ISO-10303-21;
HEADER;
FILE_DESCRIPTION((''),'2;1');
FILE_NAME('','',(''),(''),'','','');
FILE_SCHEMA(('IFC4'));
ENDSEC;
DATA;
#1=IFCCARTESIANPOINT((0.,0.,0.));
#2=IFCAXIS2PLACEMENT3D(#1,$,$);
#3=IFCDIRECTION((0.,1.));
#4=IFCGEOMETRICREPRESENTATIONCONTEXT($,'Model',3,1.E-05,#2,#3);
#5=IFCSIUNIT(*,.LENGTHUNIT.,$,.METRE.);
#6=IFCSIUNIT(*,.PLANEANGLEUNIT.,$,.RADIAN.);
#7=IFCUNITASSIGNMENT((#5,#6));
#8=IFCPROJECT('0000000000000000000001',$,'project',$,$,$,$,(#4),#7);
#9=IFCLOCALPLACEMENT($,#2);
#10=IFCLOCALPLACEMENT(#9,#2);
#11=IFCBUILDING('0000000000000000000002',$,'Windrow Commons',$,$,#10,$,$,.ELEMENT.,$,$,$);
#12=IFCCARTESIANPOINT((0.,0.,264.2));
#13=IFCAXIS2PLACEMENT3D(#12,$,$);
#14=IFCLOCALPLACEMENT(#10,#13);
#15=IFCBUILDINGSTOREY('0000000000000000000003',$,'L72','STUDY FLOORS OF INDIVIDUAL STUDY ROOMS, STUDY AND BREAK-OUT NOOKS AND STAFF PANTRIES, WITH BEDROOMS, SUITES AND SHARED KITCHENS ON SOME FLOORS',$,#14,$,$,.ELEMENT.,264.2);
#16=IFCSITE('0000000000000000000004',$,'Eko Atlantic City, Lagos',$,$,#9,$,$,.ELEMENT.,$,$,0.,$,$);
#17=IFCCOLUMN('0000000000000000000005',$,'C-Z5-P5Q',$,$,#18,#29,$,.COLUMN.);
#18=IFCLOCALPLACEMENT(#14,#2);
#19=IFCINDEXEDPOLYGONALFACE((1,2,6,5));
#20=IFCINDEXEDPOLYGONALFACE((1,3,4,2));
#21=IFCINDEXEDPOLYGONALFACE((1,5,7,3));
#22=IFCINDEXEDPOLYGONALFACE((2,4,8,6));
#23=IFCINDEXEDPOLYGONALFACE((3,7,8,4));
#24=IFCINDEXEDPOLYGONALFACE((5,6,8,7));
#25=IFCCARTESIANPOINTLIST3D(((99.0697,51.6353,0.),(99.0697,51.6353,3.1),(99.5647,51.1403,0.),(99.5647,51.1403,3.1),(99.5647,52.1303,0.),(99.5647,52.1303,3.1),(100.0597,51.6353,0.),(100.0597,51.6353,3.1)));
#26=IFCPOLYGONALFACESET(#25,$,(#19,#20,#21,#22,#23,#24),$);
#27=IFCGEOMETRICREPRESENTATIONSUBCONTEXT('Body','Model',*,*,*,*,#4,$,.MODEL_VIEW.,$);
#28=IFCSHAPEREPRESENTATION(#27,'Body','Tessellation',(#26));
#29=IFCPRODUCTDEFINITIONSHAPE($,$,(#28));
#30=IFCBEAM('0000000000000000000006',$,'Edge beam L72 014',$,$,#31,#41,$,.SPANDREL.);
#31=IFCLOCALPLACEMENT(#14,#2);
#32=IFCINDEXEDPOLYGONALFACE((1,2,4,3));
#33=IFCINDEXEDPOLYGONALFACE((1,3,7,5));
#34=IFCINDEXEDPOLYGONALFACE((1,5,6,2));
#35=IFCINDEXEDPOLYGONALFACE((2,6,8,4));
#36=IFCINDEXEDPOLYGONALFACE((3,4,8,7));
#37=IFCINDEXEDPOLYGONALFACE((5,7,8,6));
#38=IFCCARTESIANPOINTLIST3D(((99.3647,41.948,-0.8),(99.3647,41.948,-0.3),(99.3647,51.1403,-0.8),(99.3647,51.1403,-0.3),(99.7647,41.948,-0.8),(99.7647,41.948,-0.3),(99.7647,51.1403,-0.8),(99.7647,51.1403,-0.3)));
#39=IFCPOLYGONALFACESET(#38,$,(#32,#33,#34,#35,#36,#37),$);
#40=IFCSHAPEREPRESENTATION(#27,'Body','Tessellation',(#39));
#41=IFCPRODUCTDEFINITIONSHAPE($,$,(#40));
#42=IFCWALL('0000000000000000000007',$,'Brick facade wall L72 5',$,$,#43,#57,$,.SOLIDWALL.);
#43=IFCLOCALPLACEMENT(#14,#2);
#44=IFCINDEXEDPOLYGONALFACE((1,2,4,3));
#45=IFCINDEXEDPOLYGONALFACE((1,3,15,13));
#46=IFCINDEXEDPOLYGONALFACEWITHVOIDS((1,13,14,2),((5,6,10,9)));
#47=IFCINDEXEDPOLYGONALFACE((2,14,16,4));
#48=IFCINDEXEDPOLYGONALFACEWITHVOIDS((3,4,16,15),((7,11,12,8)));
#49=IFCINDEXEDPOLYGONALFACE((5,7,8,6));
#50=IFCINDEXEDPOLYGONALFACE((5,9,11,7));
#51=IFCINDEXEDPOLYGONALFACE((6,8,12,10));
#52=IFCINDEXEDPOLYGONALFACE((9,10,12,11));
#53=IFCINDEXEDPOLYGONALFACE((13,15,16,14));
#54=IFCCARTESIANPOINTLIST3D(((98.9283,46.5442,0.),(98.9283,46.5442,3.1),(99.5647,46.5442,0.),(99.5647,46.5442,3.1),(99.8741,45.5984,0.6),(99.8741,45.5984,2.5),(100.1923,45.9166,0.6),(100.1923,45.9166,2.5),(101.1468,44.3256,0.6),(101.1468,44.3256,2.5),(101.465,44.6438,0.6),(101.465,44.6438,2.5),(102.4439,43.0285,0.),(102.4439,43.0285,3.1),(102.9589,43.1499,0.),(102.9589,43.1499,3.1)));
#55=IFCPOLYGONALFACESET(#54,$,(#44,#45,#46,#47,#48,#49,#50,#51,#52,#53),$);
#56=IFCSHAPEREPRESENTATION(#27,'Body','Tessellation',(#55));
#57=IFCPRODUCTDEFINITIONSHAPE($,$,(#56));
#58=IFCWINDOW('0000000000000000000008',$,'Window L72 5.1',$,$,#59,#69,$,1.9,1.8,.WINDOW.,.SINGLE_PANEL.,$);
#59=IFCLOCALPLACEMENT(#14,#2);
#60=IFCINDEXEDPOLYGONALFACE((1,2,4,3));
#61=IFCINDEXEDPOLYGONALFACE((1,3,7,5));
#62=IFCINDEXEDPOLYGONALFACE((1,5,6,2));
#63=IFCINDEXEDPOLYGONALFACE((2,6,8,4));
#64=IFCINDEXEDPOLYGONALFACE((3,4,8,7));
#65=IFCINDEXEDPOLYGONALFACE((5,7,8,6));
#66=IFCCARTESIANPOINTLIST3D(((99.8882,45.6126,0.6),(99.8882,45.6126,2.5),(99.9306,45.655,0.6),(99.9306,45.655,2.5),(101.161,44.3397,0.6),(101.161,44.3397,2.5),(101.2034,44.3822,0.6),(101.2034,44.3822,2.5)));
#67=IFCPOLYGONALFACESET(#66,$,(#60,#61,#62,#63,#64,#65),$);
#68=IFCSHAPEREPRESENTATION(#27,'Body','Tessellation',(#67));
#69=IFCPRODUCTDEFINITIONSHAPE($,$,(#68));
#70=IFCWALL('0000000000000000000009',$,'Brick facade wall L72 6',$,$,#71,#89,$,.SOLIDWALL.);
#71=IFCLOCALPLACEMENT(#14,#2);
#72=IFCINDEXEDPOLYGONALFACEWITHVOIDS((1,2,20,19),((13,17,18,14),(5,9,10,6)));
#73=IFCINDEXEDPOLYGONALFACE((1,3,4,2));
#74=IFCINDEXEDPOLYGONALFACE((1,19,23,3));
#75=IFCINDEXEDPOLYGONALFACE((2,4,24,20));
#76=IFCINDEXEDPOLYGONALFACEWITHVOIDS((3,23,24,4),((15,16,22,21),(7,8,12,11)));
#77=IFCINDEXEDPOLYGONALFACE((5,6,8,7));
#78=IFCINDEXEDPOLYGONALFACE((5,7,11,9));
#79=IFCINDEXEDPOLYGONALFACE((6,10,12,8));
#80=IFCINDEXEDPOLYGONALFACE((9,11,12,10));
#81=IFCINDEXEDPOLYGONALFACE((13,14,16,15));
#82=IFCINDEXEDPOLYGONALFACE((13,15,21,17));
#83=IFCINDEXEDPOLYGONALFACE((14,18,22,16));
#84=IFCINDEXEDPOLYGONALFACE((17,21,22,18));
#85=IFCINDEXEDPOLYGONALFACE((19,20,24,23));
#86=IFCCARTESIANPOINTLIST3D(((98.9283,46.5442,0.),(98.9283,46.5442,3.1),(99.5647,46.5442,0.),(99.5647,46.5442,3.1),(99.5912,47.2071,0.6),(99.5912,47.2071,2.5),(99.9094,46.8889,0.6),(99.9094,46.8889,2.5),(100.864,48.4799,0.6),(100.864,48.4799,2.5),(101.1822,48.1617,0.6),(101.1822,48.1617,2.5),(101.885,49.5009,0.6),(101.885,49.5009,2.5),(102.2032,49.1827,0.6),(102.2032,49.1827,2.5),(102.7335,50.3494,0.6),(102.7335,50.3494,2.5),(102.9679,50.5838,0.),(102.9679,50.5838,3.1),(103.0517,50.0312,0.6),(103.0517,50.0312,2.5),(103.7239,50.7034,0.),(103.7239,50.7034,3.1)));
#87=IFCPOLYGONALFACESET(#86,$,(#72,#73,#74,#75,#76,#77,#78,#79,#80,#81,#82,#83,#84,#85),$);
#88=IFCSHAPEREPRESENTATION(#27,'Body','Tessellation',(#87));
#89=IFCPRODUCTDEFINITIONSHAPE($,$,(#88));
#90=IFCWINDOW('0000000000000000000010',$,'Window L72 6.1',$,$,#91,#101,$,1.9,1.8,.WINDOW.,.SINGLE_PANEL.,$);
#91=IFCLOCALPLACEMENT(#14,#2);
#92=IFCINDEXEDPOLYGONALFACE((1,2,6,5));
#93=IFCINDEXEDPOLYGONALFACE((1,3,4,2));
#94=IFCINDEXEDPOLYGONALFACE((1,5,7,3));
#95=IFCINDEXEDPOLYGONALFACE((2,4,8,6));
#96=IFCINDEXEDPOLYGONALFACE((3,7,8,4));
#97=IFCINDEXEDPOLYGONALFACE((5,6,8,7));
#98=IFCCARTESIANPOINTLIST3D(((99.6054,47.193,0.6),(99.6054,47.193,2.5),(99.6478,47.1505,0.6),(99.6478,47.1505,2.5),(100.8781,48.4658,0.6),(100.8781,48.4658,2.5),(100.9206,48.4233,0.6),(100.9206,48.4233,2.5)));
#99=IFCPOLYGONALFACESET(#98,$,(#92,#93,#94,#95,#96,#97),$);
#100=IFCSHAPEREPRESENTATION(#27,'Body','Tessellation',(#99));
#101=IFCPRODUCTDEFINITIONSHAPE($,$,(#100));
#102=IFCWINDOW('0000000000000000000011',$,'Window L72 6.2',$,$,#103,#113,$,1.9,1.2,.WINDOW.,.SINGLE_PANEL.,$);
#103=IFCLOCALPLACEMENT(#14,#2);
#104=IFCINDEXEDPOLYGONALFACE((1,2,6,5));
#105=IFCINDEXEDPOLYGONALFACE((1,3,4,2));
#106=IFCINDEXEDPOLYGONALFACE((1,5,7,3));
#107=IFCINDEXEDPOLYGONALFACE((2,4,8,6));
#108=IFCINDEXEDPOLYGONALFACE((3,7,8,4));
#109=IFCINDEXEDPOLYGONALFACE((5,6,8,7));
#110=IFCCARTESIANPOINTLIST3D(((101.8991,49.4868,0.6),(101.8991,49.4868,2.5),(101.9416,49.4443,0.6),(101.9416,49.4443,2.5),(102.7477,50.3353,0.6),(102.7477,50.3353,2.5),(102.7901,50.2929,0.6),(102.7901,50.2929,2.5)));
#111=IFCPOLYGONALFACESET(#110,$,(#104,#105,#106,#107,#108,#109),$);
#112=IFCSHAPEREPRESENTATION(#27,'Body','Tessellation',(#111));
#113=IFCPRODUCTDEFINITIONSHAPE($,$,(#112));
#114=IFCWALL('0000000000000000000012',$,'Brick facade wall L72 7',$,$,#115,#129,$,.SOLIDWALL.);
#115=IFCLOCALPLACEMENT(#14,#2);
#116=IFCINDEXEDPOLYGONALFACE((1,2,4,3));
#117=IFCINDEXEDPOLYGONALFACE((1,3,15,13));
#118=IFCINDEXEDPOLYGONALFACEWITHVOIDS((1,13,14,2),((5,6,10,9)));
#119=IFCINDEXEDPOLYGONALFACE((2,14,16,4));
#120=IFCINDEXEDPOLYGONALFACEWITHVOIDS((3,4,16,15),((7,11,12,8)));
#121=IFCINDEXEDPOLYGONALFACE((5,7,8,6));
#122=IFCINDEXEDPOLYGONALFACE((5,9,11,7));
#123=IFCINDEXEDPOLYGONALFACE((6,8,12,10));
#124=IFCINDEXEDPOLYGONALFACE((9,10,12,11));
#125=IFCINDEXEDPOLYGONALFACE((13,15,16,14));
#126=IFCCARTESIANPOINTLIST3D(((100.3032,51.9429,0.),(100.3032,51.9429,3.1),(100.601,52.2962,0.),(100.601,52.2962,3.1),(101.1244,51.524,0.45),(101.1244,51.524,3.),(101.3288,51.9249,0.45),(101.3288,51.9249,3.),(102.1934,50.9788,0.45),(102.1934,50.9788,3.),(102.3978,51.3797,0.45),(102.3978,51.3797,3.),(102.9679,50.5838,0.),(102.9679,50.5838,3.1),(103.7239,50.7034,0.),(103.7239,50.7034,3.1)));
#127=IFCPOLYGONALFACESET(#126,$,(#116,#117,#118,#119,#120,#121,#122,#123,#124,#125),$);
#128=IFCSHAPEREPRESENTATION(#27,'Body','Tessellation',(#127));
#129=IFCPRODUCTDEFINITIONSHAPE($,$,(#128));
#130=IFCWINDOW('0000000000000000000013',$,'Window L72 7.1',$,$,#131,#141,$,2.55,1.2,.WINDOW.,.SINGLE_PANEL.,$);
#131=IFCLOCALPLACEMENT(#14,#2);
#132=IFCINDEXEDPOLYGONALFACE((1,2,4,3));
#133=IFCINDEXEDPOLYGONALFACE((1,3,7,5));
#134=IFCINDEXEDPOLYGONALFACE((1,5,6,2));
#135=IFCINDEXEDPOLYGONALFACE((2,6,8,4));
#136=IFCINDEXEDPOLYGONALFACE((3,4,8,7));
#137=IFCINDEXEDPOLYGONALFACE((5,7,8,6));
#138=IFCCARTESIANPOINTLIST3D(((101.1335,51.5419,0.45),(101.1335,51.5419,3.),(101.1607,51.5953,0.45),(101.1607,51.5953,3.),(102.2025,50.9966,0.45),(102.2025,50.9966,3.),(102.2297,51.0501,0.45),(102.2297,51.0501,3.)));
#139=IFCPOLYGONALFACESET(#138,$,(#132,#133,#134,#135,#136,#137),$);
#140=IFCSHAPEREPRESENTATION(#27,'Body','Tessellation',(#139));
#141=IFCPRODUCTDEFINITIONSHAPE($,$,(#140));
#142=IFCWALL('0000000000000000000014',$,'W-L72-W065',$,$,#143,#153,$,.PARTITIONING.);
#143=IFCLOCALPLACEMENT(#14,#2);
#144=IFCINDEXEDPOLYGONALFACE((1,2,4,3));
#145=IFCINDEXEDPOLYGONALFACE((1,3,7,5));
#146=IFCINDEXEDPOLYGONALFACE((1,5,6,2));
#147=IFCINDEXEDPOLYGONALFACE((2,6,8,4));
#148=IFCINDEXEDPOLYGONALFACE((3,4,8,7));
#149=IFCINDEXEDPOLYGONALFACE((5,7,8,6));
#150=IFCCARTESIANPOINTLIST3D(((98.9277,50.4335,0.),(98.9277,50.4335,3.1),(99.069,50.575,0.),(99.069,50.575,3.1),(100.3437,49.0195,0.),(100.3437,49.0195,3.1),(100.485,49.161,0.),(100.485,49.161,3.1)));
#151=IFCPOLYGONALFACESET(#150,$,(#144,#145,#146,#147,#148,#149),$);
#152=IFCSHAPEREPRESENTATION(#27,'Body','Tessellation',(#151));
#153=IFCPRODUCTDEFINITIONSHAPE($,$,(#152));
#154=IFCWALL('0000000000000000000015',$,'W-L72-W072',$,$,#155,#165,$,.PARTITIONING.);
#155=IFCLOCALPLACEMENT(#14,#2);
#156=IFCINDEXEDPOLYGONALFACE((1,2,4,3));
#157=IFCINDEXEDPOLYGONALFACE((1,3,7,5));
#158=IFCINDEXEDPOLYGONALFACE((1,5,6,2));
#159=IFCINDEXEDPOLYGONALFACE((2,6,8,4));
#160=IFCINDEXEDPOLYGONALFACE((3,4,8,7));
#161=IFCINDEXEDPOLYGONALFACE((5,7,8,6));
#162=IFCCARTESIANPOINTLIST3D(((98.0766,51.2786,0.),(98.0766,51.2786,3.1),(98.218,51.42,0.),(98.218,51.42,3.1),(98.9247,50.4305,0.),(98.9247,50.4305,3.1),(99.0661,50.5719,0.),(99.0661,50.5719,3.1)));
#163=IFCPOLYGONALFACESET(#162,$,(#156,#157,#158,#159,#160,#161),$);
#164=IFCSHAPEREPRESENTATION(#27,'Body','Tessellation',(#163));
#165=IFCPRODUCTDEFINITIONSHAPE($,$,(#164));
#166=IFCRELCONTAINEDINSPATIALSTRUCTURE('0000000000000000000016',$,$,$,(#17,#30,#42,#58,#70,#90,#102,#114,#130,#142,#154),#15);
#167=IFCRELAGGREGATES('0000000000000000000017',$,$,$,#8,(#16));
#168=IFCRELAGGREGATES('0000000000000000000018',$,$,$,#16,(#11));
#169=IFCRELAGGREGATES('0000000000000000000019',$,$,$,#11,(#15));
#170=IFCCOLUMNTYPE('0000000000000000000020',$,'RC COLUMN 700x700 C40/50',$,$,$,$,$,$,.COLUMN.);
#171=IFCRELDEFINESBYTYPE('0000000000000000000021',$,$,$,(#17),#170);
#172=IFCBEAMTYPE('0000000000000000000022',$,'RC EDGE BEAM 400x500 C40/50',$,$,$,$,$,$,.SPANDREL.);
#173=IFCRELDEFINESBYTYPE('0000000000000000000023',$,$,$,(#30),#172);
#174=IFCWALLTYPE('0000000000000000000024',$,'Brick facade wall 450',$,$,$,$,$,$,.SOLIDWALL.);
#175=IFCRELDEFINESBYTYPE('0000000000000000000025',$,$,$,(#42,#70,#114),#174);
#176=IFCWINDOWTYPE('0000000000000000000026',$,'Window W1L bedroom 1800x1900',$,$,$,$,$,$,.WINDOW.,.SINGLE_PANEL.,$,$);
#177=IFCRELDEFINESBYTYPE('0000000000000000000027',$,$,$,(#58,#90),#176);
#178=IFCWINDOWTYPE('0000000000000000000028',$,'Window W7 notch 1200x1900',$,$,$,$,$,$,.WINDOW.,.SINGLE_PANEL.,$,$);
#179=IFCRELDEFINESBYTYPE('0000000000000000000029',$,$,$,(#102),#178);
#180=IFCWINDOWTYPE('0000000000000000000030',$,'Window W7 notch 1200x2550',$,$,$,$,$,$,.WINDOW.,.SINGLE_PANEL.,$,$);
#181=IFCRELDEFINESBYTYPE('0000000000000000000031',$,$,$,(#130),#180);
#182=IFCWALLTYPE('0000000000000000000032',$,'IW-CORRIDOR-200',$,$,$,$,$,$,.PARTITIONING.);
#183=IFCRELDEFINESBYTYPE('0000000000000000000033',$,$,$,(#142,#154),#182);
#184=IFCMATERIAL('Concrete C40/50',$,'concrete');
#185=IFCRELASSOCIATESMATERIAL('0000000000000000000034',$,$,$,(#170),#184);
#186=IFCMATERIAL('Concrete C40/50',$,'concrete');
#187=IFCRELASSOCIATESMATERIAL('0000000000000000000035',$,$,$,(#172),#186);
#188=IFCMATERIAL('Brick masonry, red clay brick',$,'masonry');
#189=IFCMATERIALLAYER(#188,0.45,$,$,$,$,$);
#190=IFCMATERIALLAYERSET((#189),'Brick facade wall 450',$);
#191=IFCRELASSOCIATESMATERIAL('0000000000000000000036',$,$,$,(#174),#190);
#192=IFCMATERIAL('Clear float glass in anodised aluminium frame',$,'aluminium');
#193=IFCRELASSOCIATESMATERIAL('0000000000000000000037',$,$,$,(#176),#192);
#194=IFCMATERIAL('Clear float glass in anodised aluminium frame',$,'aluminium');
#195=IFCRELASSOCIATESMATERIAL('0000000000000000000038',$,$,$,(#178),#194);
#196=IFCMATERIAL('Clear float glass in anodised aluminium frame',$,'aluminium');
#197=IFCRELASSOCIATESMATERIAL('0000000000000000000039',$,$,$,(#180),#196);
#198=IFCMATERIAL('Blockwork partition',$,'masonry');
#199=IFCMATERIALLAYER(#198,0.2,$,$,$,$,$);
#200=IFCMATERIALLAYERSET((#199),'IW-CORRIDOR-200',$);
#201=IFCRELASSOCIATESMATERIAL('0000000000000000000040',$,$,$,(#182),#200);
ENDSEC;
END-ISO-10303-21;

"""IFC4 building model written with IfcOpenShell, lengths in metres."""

from ifc_helpers import new_model, si_unit, direction, frame, frame_2d, origin, origin_2d, place, context, subcontext, project, spatial, polyline, rectangle, outline, extrude, material, layer, layer_set, material_profile, profile_set, type_object, element, fill, save


model = new_model("IFC4")

# Units and contexts
model_context = context("Model", 3, precision=1e-05, world=origin(), true_north=direction((0.0, 1.0)))
body_context = subcontext(model_context, "Body", "Model", "MODEL_VIEW")
ifc_project = project(units=[si_unit("LENGTHUNIT", "METRE"), si_unit("PLANEANGLEUNIT", "RADIAN")], contexts=[model_context])

# Site, building, storey
site_placement = place(None, origin())
site = spatial("IfcSite", under=ifc_project, at=site_placement, Name="Eko Atlantic City, Lagos", CompositionType="ELEMENT", RefElevation=0.0)
building_placement = place(site_placement, origin())
building = spatial("IfcBuilding", under=site, at=building_placement, Name="Windrow Commons", CompositionType="ELEMENT")
storey_placement = place(building_placement, frame((0.0, 0.0, 264.2)))
storey = spatial("IfcBuildingStorey", under=building, at=storey_placement, Name="L72", Description="STUDY FLOORS OF INDIVIDUAL STUDY ROOMS, STUDY AND BREAK-OUT NOOKS AND STAFF PANTRIES, WITH BEDROOMS, SUITES AND SHARED KITCHENS ON SOME FLOORS", CompositionType="ELEMENT", Elevation=264.2)

# Column
ifc_material_1 = material(Name="Concrete C40/50", Category="concrete")
ifc_material_profile_1 = material_profile(ifc_material_1, rectangle(XDim=0.7, YDim=0.7, at=origin_2d()))
ifc_profile_set_1 = profile_set([ifc_material_profile_1], Name="Concrete C40/50")
column_type = type_object("IfcColumnType", Name="RC COLUMN 700x700 C40/50", PredefinedType="COLUMN", material=ifc_profile_set_1)
column_placement = place(storey_placement, frame((99.5647, 51.6353, 0.0), z_axis=(0.0, 0.0, 1.0), x_axis=(0.707107, -0.707107, 0.0)))
element("IfcColumn", 1, at=column_placement, inside=storey, type_object=column_type, Name="C-Z5-P5Q", PredefinedType="COLUMN", context=body_context, shape_type="SweptSolid", body=[
    extrude(rectangle(XDim=0.7, YDim=0.7, at=origin_2d()), origin(), (0.0, 0.0, 1.0), 3.1),
])

# Beam
ifc_material_2 = material(Name="Concrete C40/50", Category="concrete")
ifc_material_profile_2 = material_profile(ifc_material_2, rectangle(XDim=0.4, YDim=0.5, at=origin_2d()))
ifc_profile_set_2 = profile_set([ifc_material_profile_2], Name="Concrete C40/50")
beam_type = type_object("IfcBeamType", Name="RC EDGE BEAM 400x500 C40/50", PredefinedType="SPANDREL", material=ifc_profile_set_2)
beam_placement = place(storey_placement, frame((99.5647, 51.1403, -0.55), z_axis=(0.0, -1.0, 0.0), x_axis=(1.0, 0.0, 0.0)))
element("IfcBeam", 2, at=beam_placement, inside=storey, type_object=beam_type, Name="Edge beam L72 014", PredefinedType="SPANDREL", context=body_context, shape_type="SweptSolid", body=[
    extrude(rectangle(XDim=0.4, YDim=0.5, at=origin_2d()), origin(), (0.0, 0.0, 1.0), 9.1923),
])

# Wall, opening, window
ifc_material_3 = material(Name="Brick masonry, red clay brick", Category="masonry")
ifc_layer_1 = layer(ifc_material_3, 0.45)
ifc_layer_set_1 = layer_set([ifc_layer_1], Name="Brick facade wall 450")
wall_type_1 = type_object("IfcWallType", Name="Brick facade wall 450", PredefinedType="SOLIDWALL", material=ifc_layer_set_1)
wall_1_placement = place(storey_placement, frame((102.7014, 43.0892, 0.0), z_axis=(0.0, 0.0, 1.0), x_axis=(-0.707097, 0.707117, 0.0)))
wall_1 = element("IfcWall", 3, at=wall_1_placement, inside=storey, type_object=wall_type_1, Name="Brick facade wall L72 5", PredefinedType="SOLIDWALL", context=body_context, shape_type="SweptSolid", body=[
    extrude(outline(polyline([(-0.1391, -0.225), (4.661, -0.225), (5.111, 0.225), (0.1391, 0.225), (-0.1391, -0.225)])), origin(), (0.0, 0.0, 1.0), 3.1),
])
opening_1_placement = place(wall_1_placement, frame((1.9735, 0.0, 0.6)))
opening_1 = element("IfcOpeningElement", 4, at=opening_1_placement, cuts=wall_1, PredefinedType="OPENING", context=body_context, shape_type="SweptSolid", body=[
    extrude(rectangle(XDim=1.8, YDim=1.9, at=frame_2d((0.9, 0.95))), frame((0.0, 0.235, 0.0), z_axis=(0.0, -1.0, 0.0), x_axis=(1.0, 0.0, 0.0)), (0.0, 0.0, 1.0), 0.47),
])
ifc_material_4 = material(Name="Clear float glass in anodised aluminium frame", Category="aluminium")
window_type_1 = type_object("IfcWindowType", Name="Window W1L bedroom 1800x1900", PartitioningType="SINGLE_PANEL", PredefinedType="WINDOW", material=ifc_material_4)
window_1_placement = place(opening_1_placement, origin())
window_1 = element("IfcWindow", 5, at=window_1_placement, inside=storey, type_object=window_type_1, Name="Window L72 5.1", OverallHeight=1.9, OverallWidth=1.8, PartitioningType="SINGLE_PANEL", PredefinedType="WINDOW", context=body_context, shape_type="SweptSolid", body=[
    extrude(rectangle(XDim=1.8, YDim=1.9, at=frame_2d((0.9, 0.95))), frame((0.0, 0.205, 0.0), z_axis=(0.0, -1.0, 0.0), x_axis=(1.0, 0.0, 0.0)), (0.0, 0.0, 1.0), 0.06),
])
fill(opening_1, window_1)

# Wall, openings, windows
wall_2_placement = place(storey_placement, frame((99.2465, 46.5442, 0.0), z_axis=(0.0, 0.0, 1.0), x_axis=(0.707107, 0.707107, 0.0)))
wall_2 = element("IfcWall", 6, at=wall_2_placement, inside=storey, type_object=wall_type_1, Name="Brick facade wall L72 6", PredefinedType="SOLIDWALL", context=body_context, shape_type="SweptSolid", body=[
    extrude(outline(polyline([(0.225, -0.225), (6.107, -0.225), (5.4879, 0.225), (-0.225, 0.225), (0.225, -0.225)])), origin(), (0.0, 0.0, 1.0), 3.1),
])
opening_2_placement = place(wall_2_placement, frame((0.7125, 0.0, 0.6)))
opening_2 = element("IfcOpeningElement", 7, at=opening_2_placement, cuts=wall_2, PredefinedType="OPENING", context=body_context, shape_type="SweptSolid", body=[
    extrude(rectangle(XDim=1.8, YDim=1.9, at=frame_2d((0.9, 0.95))), frame((0.0, 0.235, 0.0), z_axis=(0.0, -1.0, 0.0), x_axis=(1.0, 0.0, 0.0)), (0.0, 0.0, 1.0), 0.47),
])
opening_3_placement = place(wall_2_placement, frame((3.9564, 0.0, 0.6)))
opening_3 = element("IfcOpeningElement", 8, at=opening_3_placement, cuts=wall_2, PredefinedType="OPENING", context=body_context, shape_type="SweptSolid", body=[
    extrude(rectangle(XDim=1.2, YDim=1.9, at=frame_2d((0.6, 0.95))), frame((0.0, 0.235, 0.0), z_axis=(0.0, -1.0, 0.0), x_axis=(1.0, 0.0, 0.0)), (0.0, 0.0, 1.0), 0.47),
])
window_2_placement = place(opening_2_placement, origin())
window_2 = element("IfcWindow", 9, at=window_2_placement, inside=storey, type_object=window_type_1, Name="Window L72 6.1", OverallHeight=1.9, OverallWidth=1.8, PartitioningType="SINGLE_PANEL", PredefinedType="WINDOW", context=body_context, shape_type="SweptSolid", body=[
    extrude(rectangle(XDim=1.8, YDim=1.9, at=frame_2d((0.9, 0.95))), frame((0.0, 0.205, 0.0), z_axis=(0.0, -1.0, 0.0), x_axis=(1.0, 0.0, 0.0)), (0.0, 0.0, 1.0), 0.06),
])
fill(opening_2, window_2)
ifc_material_5 = material(Name="Clear float glass in anodised aluminium frame", Category="aluminium")
window_type_2 = type_object("IfcWindowType", Name="Window W7 notch 1200x1900", PartitioningType="SINGLE_PANEL", PredefinedType="WINDOW", material=ifc_material_5)
window_3_placement = place(opening_3_placement, origin())
window_3 = element("IfcWindow", 10, at=window_3_placement, inside=storey, type_object=window_type_2, Name="Window L72 6.2", OverallHeight=1.9, OverallWidth=1.2, PartitioningType="SINGLE_PANEL", PredefinedType="WINDOW", context=body_context, shape_type="SweptSolid", body=[
    extrude(rectangle(XDim=1.2, YDim=1.9, at=frame_2d((0.6, 0.95))), frame((0.0, 0.205, 0.0), z_axis=(0.0, -1.0, 0.0), x_axis=(1.0, 0.0, 0.0)), (0.0, 0.0, 1.0), 0.06),
])
fill(opening_3, window_3)

# Wall, opening, window
wall_3_placement = place(storey_placement, frame((103.3459, 50.6436, 0.0), z_axis=(0.0, 0.0, 1.0), x_axis=(-0.890828, 0.454341, 0.0)))
wall_3 = element("IfcWall", 11, at=wall_3_placement, inside=storey, type_object=wall_type_1, Name="Brick facade wall L72 7", PredefinedType="SOLIDWALL", context=body_context, shape_type="SweptSolid", body=[
    extrude(outline(polyline([(-0.3096, -0.225), (3.1961, -0.225), (3.3008, 0.225), (0.3096, 0.225), (-0.3096, -0.225)])), origin(), (0.0, 0.0, 1.0), 3.1),
])
opening_4_placement = place(wall_3_placement, frame((1.179, 0.0, 0.45)))
opening_4 = element("IfcOpeningElement", 12, at=opening_4_placement, cuts=wall_3, PredefinedType="OPENING", context=body_context, shape_type="SweptSolid", body=[
    extrude(rectangle(XDim=1.2, YDim=2.55, at=frame_2d((0.6, 1.275))), frame((0.0, 0.235, 0.0), z_axis=(0.0, -1.0, 0.0), x_axis=(1.0, 0.0, 0.0)), (0.0, 0.0, 1.0), 0.47),
])
ifc_material_6 = material(Name="Clear float glass in anodised aluminium frame", Category="aluminium")
window_type_3 = type_object("IfcWindowType", Name="Window W7 notch 1200x2550", PartitioningType="SINGLE_PANEL", PredefinedType="WINDOW", material=ifc_material_6)
window_4_placement = place(opening_4_placement, origin())
window_4 = element("IfcWindow", 13, at=window_4_placement, inside=storey, type_object=window_type_3, Name="Window L72 7.1", OverallHeight=2.55, OverallWidth=1.2, PartitioningType="SINGLE_PANEL", PredefinedType="WINDOW", context=body_context, shape_type="SweptSolid", body=[
    extrude(rectangle(XDim=1.2, YDim=2.55, at=frame_2d((0.6, 1.275))), frame((0.0, 0.205, 0.0), z_axis=(0.0, -1.0, 0.0), x_axis=(1.0, 0.0, 0.0)), (0.0, 0.0, 1.0), 0.06),
])
fill(opening_4, window_4)

# Walls
ifc_material_7 = material(Name="Blockwork partition", Category="masonry")
ifc_layer_2 = layer(ifc_material_7, 0.2)
ifc_layer_set_2 = layer_set([ifc_layer_2], Name="IW-CORRIDOR-200")
wall_type_2 = type_object("IfcWallType", Name="IW-CORRIDOR-200", PredefinedType="PARTITIONING", material=ifc_layer_set_2)
wall_4_placement = place(storey_placement, frame((98.9983, 50.5043, 0.0), z_axis=(0.0, 0.0, 1.0), x_axis=(0.707606, -0.706607, 0.0)))
element("IfcWall", 14, at=wall_4_placement, inside=storey, type_object=wall_type_2, Name="W-L72-W065", PredefinedType="PARTITIONING", context=body_context, shape_type="SweptSolid", body=[
    extrude(rectangle(XDim=2.0011, YDim=0.2, at=frame_2d((1.0006, 0.0))), origin(), (0.0, 0.0, 1.0), 3.1),
])
wall_5_placement = place(storey_placement, frame((98.1473, 51.3493, 0.0), z_axis=(0.0, 0.0, 1.0), x_axis=(0.707107, -0.707107, 0.0)))
element("IfcWall", 15, at=wall_5_placement, inside=storey, type_object=wall_type_2, Name="W-L72-W072", PredefinedType="PARTITIONING", context=body_context, shape_type="SweptSolid", body=[
    extrude(rectangle(XDim=1.1993, YDim=0.2, at=frame_2d((0.5997, 0.0))), origin(), (0.0, 0.0, 1.0), 3.1),
])

save(model, "model.ifc")
